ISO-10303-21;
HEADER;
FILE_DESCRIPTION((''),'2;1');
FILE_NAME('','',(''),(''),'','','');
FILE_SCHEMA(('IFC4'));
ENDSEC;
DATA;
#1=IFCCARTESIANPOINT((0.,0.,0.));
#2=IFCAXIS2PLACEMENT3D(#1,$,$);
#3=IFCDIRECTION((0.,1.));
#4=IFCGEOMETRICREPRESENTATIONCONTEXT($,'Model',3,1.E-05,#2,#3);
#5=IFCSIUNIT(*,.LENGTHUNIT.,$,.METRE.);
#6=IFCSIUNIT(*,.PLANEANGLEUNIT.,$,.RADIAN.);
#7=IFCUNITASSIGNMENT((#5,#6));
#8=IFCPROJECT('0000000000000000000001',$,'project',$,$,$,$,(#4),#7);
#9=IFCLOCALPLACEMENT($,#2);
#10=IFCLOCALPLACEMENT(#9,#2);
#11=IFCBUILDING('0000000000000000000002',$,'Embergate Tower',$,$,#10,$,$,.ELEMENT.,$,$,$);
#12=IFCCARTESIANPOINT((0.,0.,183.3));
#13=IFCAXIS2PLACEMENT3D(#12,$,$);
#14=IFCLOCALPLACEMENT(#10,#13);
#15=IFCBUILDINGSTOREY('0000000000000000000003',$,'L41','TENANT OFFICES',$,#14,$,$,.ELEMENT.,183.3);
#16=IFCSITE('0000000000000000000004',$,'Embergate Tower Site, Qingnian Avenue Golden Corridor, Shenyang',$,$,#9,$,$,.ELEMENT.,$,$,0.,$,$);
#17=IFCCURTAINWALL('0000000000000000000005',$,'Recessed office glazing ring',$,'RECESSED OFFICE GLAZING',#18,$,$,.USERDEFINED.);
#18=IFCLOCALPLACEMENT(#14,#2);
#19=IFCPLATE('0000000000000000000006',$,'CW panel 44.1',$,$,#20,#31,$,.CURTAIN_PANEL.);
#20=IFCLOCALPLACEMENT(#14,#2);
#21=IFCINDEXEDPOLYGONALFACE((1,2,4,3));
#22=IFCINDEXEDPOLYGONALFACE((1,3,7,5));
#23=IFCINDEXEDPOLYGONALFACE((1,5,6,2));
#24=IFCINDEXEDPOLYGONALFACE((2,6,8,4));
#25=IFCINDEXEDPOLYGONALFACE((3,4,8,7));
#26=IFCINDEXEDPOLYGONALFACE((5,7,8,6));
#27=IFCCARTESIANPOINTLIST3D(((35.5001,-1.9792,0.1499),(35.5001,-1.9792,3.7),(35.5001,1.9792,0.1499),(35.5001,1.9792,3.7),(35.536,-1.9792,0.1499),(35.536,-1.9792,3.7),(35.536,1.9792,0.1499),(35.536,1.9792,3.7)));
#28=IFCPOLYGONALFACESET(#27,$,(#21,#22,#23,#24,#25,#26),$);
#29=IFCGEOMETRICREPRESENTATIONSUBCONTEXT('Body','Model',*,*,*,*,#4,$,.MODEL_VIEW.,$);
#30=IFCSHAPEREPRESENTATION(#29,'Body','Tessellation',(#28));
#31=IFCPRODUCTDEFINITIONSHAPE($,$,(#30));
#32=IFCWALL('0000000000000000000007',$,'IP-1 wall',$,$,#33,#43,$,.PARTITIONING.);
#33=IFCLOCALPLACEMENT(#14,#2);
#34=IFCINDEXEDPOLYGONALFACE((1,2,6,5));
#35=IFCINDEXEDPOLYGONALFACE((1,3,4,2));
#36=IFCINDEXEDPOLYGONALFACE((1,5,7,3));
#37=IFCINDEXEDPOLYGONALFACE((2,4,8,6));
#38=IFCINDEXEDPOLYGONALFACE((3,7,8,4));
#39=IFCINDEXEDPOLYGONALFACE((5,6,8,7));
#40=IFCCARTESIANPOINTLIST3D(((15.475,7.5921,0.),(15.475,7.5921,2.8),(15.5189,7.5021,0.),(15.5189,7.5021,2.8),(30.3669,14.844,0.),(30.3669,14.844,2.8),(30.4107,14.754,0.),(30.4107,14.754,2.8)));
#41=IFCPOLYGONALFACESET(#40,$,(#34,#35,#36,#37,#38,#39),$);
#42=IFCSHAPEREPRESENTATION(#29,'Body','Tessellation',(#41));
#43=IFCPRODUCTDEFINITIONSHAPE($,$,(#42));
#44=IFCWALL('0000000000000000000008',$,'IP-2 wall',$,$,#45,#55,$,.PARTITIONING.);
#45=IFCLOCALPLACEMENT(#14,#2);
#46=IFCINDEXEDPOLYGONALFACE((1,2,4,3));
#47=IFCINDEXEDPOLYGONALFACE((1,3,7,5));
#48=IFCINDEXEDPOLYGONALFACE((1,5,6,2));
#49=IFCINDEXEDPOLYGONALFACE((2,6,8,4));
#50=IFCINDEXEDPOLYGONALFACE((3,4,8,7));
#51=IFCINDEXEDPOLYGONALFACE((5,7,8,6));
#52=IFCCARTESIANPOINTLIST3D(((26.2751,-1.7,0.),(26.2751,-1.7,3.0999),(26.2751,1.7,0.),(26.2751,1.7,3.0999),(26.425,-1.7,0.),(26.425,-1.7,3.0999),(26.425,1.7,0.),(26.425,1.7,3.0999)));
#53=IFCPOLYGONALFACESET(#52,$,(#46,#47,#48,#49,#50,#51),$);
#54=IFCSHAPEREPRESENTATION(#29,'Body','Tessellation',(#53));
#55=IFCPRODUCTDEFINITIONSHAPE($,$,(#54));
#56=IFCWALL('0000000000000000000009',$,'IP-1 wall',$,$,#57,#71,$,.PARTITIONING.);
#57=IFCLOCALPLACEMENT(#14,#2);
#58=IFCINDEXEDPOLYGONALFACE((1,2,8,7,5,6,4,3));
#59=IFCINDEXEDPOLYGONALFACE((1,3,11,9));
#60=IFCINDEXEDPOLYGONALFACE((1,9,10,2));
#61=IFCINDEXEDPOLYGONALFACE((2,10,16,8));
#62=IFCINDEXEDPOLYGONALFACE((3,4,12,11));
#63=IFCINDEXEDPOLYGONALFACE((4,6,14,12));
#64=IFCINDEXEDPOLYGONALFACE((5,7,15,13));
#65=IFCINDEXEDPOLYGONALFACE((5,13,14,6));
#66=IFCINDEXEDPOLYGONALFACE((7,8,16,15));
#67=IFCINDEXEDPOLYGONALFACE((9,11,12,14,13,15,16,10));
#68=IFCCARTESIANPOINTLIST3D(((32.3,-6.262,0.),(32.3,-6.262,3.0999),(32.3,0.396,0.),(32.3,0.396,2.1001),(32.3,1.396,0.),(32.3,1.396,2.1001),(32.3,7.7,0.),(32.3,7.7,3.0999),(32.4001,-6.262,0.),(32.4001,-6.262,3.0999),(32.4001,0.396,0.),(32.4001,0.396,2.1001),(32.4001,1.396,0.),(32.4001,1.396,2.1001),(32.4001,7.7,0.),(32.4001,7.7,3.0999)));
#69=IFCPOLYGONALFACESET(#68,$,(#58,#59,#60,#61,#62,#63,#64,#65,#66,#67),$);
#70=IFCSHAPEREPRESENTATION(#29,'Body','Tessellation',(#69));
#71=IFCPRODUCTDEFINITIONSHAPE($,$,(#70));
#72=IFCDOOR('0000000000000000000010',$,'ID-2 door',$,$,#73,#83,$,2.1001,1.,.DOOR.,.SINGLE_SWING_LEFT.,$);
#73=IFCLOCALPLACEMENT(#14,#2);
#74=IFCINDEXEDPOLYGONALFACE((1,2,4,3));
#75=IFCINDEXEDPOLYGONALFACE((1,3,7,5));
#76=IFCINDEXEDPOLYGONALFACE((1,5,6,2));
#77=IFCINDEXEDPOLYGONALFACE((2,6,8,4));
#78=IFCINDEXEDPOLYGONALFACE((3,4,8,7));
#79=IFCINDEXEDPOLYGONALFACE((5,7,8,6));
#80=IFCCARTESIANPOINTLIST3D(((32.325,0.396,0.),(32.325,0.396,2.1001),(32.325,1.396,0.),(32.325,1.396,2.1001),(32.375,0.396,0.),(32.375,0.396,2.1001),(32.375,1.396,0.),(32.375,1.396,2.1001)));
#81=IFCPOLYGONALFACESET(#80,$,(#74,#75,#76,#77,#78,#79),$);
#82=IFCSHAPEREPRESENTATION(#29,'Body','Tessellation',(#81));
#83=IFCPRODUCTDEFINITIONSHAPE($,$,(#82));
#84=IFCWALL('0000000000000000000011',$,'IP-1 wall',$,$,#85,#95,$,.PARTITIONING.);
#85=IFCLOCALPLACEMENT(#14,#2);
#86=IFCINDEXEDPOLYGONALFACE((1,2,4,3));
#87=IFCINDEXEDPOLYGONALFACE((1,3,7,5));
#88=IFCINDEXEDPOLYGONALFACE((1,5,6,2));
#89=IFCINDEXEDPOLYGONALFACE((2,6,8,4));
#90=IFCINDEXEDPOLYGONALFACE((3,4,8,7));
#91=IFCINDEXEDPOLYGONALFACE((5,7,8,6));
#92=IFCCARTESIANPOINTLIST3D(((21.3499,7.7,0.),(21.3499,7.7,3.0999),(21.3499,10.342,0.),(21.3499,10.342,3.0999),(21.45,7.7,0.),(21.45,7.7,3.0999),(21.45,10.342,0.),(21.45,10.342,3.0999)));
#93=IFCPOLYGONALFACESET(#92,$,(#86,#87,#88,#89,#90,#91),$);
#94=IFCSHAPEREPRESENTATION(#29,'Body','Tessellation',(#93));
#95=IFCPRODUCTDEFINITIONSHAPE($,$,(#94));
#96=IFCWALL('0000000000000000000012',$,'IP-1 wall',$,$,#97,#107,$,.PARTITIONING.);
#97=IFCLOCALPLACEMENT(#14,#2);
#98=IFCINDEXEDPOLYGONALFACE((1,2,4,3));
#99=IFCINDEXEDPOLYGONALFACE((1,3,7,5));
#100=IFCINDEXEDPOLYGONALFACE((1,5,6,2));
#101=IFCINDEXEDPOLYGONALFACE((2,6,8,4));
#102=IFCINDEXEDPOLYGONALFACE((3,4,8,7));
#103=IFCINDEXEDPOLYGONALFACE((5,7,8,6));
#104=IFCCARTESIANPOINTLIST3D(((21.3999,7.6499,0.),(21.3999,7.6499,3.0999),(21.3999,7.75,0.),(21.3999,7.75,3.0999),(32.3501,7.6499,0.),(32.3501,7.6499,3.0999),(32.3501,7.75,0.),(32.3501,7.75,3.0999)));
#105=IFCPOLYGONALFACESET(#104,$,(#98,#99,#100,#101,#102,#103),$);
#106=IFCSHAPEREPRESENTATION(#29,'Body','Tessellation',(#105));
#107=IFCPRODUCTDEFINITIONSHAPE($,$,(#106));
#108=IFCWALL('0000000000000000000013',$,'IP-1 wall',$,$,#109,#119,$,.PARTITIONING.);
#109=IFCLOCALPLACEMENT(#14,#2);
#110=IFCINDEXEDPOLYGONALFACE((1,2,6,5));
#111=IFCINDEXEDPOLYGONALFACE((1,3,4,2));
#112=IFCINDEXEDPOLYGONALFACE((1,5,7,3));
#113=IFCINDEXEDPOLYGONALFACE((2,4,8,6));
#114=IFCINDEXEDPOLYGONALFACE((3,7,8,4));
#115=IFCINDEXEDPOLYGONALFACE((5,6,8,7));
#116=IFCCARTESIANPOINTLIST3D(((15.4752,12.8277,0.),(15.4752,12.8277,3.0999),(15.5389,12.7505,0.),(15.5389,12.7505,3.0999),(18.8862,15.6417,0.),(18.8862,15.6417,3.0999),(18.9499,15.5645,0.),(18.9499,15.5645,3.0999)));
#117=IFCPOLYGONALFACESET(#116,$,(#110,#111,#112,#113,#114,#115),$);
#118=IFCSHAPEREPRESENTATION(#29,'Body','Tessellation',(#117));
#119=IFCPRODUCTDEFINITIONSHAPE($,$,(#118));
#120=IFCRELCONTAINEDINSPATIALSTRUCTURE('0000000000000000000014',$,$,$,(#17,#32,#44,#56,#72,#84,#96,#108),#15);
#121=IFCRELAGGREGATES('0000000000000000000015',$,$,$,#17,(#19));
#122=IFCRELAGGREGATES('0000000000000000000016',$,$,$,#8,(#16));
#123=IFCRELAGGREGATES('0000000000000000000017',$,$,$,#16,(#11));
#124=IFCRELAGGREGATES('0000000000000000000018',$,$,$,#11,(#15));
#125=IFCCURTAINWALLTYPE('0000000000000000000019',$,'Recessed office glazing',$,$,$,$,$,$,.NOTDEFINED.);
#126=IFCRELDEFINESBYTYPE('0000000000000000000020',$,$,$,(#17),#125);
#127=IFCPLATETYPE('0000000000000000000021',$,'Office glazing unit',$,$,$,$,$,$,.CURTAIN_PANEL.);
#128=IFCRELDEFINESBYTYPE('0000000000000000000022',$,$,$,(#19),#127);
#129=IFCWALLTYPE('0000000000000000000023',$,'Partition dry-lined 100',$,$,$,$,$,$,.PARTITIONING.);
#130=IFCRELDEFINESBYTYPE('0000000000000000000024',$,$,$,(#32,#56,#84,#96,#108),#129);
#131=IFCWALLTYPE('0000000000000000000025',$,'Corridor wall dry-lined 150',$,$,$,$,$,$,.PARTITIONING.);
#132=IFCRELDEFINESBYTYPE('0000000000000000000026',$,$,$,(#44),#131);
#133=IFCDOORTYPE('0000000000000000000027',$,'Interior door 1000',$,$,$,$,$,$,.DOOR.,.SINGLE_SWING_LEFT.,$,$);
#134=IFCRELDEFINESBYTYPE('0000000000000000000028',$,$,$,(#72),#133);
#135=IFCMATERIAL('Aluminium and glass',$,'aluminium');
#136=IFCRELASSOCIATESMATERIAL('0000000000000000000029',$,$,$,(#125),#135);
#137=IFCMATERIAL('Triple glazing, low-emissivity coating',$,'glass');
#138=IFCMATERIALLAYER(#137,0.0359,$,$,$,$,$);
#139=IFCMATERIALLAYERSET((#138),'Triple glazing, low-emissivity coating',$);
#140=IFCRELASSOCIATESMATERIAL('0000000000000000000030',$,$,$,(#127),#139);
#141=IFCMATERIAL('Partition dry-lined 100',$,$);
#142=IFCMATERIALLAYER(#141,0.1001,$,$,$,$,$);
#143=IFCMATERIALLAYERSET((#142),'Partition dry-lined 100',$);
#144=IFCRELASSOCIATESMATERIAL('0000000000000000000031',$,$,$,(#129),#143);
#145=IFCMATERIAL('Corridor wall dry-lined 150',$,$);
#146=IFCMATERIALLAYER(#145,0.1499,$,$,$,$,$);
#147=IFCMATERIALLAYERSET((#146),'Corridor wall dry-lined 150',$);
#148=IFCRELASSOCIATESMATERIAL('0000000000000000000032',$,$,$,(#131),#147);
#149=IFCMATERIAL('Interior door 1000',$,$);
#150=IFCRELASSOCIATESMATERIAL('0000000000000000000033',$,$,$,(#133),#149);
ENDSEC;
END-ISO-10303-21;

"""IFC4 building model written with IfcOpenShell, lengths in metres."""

from ifc_helpers import new_model, si_unit, direction, frame, frame_2d, origin, origin_2d, place, context, subcontext, project, spatial, rectangle, extrude, source, transform, mapped, material, layer, layer_set, type_object, element, fill, aggregate, save


model = new_model("IFC4")

# Units and contexts
model_context = context("Model", 3, precision=1e-05, world=origin(), true_north=direction((0.0, 1.0)))
body_context = subcontext(model_context, "Body", "Model", "MODEL_VIEW")
ifc_project = project(units=[si_unit("LENGTHUNIT", "METRE"), si_unit("PLANEANGLEUNIT", "RADIAN")], contexts=[model_context])

# Site, building, storey
site_placement = place(None, origin())
site = spatial("IfcSite", under=ifc_project, at=site_placement, Name="Embergate Tower Site, Qingnian Avenue Golden Corridor, Shenyang", CompositionType="ELEMENT", RefElevation=0.0)
building_placement = place(site_placement, origin())
building = spatial("IfcBuilding", under=site, at=building_placement, Name="Embergate Tower", CompositionType="ELEMENT")
storey_placement = place(building_placement, frame((0.0, 0.0, 183.3)))
storey = spatial("IfcBuildingStorey", under=building, at=storey_placement, Name="L41", Description="TENANT OFFICES", CompositionType="ELEMENT", Elevation=183.3)

# Curtain wall, plate
ifc_material_1 = material(Name="Aluminium and glass", Category="aluminium")
curtain_wall_type = type_object("IfcCurtainWallType", Name="Recessed office glazing", PredefinedType="NOTDEFINED", material=ifc_material_1)
curtain_wall_placement = place(storey_placement, origin())
curtain_wall = element("IfcCurtainWall", 1, at=curtain_wall_placement, inside=storey, type_object=curtain_wall_type, Name="Recessed office glazing ring", ObjectType="RECESSED OFFICE GLAZING", PredefinedType="USERDEFINED")
ifc_material_2 = material(Name="Triple glazing, low-emissivity coating", Category="glass")
ifc_layer_1 = layer(ifc_material_2, 0.0359)
ifc_layer_set_1 = layer_set([ifc_layer_1], Name="Triple glazing, low-emissivity coating")
plate_type = type_object("IfcPlateType", Name="Office glazing unit", PredefinedType="CURTAIN_PANEL", material=ifc_layer_set_1)
shared_shape_1 = source(origin(), body_context, "Body", "SweptSolid", [
    extrude(rectangle(XDim=3.9585, YDim=0.0359, at=origin_2d()), origin(), (0.0, 0.0, 1.0), 3.55),
])
plate_1_placement = place(storey_placement, frame((35.5181, 0.0, 0.1499), z_axis=(0.0, 0.0, 1.0), x_axis=(0.0, 1.0, 0.0)))
plate_1 = element("IfcPlate", 2, at=plate_1_placement, type_object=plate_type, Name="CW panel 44.1", PredefinedType="CURTAIN_PANEL", context=body_context, shape_type="MappedRepresentation", body=[
    mapped(shared_shape_1, transform((0.0, 0.0, 0.0))),
])
aggregate(curtain_wall, [plate_1])

# Walls
ifc_material_3 = material(Name="Partition dry-lined 100")
ifc_layer_2 = layer(ifc_material_3, 0.1001)
ifc_layer_set_2 = layer_set([ifc_layer_2], Name="Partition dry-lined 100")
wall_type_1 = type_object("IfcWallType", Name="Partition dry-lined 100", PredefinedType="PARTITIONING", material=ifc_layer_set_2)
shared_shape_2 = source(origin(), body_context, "Body", "SweptSolid", [
    extrude(rectangle(XDim=16.5637, YDim=0.1001, at=frame_2d((8.2817, 0.0))), origin(), (0.0, 0.0, 1.0), 2.8),
])
wall_1_placement = place(storey_placement, frame((15.4971, 7.5471, 0.0), z_axis=(0.0, 0.0, 1.0), x_axis=(0.899062, 0.437821, 0.0)))
element("IfcWall", 3, at=wall_1_placement, inside=storey, type_object=wall_type_1, Name="IP-1 wall", PredefinedType="PARTITIONING", context=body_context, shape_type="MappedRepresentation", body=[
    mapped(shared_shape_2, transform((0.0, 0.0, 0.0))),
])
ifc_material_4 = material(Name="Corridor wall dry-lined 150")
ifc_layer_3 = layer(ifc_material_4, 0.1499)
ifc_layer_set_3 = layer_set([ifc_layer_3], Name="Corridor wall dry-lined 150")
wall_type_2 = type_object("IfcWallType", Name="Corridor wall dry-lined 150", PredefinedType="PARTITIONING", material=ifc_layer_set_3)
shared_shape_3 = source(origin(), body_context, "Body", "SweptSolid", [
    extrude(rectangle(XDim=3.3999, YDim=0.1499, at=frame_2d((1.7, 0.0))), origin(), (0.0, 0.0, 1.0), 3.0999),
])
wall_2_placement = place(storey_placement, frame((26.3501, 1.7, 0.0), z_axis=(0.0, 0.0, 1.0), x_axis=(0.0, -1.0, 0.0)))
element("IfcWall", 4, at=wall_2_placement, inside=storey, type_object=wall_type_2, Name="IP-2 wall", PredefinedType="PARTITIONING", context=body_context, shape_type="MappedRepresentation", body=[
    mapped(shared_shape_3, transform((0.0, 0.0, 0.0))),
])

# Wall, opening, door
shared_shape_4 = source(origin(), body_context, "Body", "SweptSolid", [
    extrude(rectangle(XDim=13.9619, YDim=0.1001, at=frame_2d((6.981, 0.0))), origin(), (0.0, 0.0, 1.0), 3.0999),
])
wall_3_placement = place(storey_placement, frame((32.3501, 7.7, 0.0), z_axis=(0.0, 0.0, 1.0), x_axis=(0.0, -1.0, 0.0)))
wall_3 = element("IfcWall", 5, at=wall_3_placement, inside=storey, type_object=wall_type_1, Name="IP-1 wall", PredefinedType="PARTITIONING", context=body_context, shape_type="MappedRepresentation", body=[
    mapped(shared_shape_4, transform((0.0, 0.0, 0.0))),
])
shared_shape_5 = source(origin(), body_context, "Body", "SweptSolid", [
    extrude(rectangle(XDim=1.0, YDim=2.1001, at=frame_2d((0.5, 1.05))), frame((0.0, 0.0601, 0.0), z_axis=(0.0, -1.0, 0.0), x_axis=(1.0, 0.0, 0.0)), (0.0, 0.0, 1.0), 0.1201),
])
opening_placement = place(wall_3_placement, frame((6.304, 0.0, 0.0)))
opening = element("IfcOpeningElement", 6, at=opening_placement, cuts=wall_3, PredefinedType="OPENING", context=body_context, shape_type="MappedRepresentation", body=[
    mapped(shared_shape_5, transform((0.0, 0.0, 0.0))),
])
ifc_material_5 = material(Name="Interior door 1000")
door_type = type_object("IfcDoorType", Name="Interior door 1000", OperationType="SINGLE_SWING_LEFT", PredefinedType="DOOR", material=ifc_material_5)
shared_shape_6 = source(origin(), body_context, "Body", "SweptSolid", [
    extrude(rectangle(XDim=1.0, YDim=2.1001, at=frame_2d((0.5, 1.05))), frame((0.0, 0.0249, 0.0), z_axis=(0.0, -1.0, 0.0), x_axis=(1.0, 0.0, 0.0)), (0.0, 0.0, 1.0), 0.05),
])
door_placement = place(opening_placement, origin())
door = element("IfcDoor", 7, at=door_placement, inside=storey, type_object=door_type, Name="ID-2 door", OperationType="SINGLE_SWING_LEFT", OverallHeight=2.1001, OverallWidth=1.0, PredefinedType="DOOR", context=body_context, shape_type="MappedRepresentation", body=[
    mapped(shared_shape_6, transform((0.0, 0.0, 0.0))),
])
fill(opening, door)

# Walls
shared_shape_7 = source(origin(), body_context, "Body", "SweptSolid", [
    extrude(rectangle(XDim=2.6421, YDim=0.1001, at=frame_2d((1.321, 0.0))), origin(), (0.0, 0.0, 1.0), 3.0999),
])
wall_4_placement = place(storey_placement, frame((21.3999, 10.342, 0.0), z_axis=(0.0, 0.0, 1.0), x_axis=(0.0, -1.0, 0.0)))
element("IfcWall", 8, at=wall_4_placement, inside=storey, type_object=wall_type_1, Name="IP-1 wall", PredefinedType="PARTITIONING", context=body_context, shape_type="MappedRepresentation", body=[
    mapped(shared_shape_7, transform((0.0, 0.0, 0.0))),
])
shared_shape_8 = source(origin(), body_context, "Body", "SweptSolid", [
    extrude(rectangle(XDim=10.9502, YDim=0.1001, at=frame_2d((5.4751, 0.0))), origin(), (0.0, 0.0, 1.0), 3.0999),
])
wall_5_placement = place(storey_placement, frame((21.3999, 7.7, 0.0), z_axis=(0.0, 0.0, 1.0), x_axis=(1.0, 0.0, 0.0)))
element("IfcWall", 9, at=wall_5_placement, inside=storey, type_object=wall_type_1, Name="IP-1 wall", PredefinedType="PARTITIONING", context=body_context, shape_type="MappedRepresentation", body=[
    mapped(shared_shape_8, transform((0.0, 0.0, 0.0))),
])
shared_shape_9 = source(origin(), body_context, "Body", "SweptSolid", [
    extrude(rectangle(XDim=4.4219, YDim=0.1001, at=frame_2d((2.2109, 0.0))), origin(), (0.0, 0.0, 1.0), 3.0999),
])
wall_6_placement = place(storey_placement, frame((15.5071, 12.7891, 0.0), z_axis=(0.0, 0.0, 1.0), x_axis=(0.771375, 0.63638, 0.0)))
element("IfcWall", 10, at=wall_6_placement, inside=storey, type_object=wall_type_1, Name="IP-1 wall", PredefinedType="PARTITIONING", context=body_context, shape_type="MappedRepresentation", body=[
    mapped(shared_shape_9, transform((0.0, 0.0, 0.0))),
])

save(model, "model.ifc")
